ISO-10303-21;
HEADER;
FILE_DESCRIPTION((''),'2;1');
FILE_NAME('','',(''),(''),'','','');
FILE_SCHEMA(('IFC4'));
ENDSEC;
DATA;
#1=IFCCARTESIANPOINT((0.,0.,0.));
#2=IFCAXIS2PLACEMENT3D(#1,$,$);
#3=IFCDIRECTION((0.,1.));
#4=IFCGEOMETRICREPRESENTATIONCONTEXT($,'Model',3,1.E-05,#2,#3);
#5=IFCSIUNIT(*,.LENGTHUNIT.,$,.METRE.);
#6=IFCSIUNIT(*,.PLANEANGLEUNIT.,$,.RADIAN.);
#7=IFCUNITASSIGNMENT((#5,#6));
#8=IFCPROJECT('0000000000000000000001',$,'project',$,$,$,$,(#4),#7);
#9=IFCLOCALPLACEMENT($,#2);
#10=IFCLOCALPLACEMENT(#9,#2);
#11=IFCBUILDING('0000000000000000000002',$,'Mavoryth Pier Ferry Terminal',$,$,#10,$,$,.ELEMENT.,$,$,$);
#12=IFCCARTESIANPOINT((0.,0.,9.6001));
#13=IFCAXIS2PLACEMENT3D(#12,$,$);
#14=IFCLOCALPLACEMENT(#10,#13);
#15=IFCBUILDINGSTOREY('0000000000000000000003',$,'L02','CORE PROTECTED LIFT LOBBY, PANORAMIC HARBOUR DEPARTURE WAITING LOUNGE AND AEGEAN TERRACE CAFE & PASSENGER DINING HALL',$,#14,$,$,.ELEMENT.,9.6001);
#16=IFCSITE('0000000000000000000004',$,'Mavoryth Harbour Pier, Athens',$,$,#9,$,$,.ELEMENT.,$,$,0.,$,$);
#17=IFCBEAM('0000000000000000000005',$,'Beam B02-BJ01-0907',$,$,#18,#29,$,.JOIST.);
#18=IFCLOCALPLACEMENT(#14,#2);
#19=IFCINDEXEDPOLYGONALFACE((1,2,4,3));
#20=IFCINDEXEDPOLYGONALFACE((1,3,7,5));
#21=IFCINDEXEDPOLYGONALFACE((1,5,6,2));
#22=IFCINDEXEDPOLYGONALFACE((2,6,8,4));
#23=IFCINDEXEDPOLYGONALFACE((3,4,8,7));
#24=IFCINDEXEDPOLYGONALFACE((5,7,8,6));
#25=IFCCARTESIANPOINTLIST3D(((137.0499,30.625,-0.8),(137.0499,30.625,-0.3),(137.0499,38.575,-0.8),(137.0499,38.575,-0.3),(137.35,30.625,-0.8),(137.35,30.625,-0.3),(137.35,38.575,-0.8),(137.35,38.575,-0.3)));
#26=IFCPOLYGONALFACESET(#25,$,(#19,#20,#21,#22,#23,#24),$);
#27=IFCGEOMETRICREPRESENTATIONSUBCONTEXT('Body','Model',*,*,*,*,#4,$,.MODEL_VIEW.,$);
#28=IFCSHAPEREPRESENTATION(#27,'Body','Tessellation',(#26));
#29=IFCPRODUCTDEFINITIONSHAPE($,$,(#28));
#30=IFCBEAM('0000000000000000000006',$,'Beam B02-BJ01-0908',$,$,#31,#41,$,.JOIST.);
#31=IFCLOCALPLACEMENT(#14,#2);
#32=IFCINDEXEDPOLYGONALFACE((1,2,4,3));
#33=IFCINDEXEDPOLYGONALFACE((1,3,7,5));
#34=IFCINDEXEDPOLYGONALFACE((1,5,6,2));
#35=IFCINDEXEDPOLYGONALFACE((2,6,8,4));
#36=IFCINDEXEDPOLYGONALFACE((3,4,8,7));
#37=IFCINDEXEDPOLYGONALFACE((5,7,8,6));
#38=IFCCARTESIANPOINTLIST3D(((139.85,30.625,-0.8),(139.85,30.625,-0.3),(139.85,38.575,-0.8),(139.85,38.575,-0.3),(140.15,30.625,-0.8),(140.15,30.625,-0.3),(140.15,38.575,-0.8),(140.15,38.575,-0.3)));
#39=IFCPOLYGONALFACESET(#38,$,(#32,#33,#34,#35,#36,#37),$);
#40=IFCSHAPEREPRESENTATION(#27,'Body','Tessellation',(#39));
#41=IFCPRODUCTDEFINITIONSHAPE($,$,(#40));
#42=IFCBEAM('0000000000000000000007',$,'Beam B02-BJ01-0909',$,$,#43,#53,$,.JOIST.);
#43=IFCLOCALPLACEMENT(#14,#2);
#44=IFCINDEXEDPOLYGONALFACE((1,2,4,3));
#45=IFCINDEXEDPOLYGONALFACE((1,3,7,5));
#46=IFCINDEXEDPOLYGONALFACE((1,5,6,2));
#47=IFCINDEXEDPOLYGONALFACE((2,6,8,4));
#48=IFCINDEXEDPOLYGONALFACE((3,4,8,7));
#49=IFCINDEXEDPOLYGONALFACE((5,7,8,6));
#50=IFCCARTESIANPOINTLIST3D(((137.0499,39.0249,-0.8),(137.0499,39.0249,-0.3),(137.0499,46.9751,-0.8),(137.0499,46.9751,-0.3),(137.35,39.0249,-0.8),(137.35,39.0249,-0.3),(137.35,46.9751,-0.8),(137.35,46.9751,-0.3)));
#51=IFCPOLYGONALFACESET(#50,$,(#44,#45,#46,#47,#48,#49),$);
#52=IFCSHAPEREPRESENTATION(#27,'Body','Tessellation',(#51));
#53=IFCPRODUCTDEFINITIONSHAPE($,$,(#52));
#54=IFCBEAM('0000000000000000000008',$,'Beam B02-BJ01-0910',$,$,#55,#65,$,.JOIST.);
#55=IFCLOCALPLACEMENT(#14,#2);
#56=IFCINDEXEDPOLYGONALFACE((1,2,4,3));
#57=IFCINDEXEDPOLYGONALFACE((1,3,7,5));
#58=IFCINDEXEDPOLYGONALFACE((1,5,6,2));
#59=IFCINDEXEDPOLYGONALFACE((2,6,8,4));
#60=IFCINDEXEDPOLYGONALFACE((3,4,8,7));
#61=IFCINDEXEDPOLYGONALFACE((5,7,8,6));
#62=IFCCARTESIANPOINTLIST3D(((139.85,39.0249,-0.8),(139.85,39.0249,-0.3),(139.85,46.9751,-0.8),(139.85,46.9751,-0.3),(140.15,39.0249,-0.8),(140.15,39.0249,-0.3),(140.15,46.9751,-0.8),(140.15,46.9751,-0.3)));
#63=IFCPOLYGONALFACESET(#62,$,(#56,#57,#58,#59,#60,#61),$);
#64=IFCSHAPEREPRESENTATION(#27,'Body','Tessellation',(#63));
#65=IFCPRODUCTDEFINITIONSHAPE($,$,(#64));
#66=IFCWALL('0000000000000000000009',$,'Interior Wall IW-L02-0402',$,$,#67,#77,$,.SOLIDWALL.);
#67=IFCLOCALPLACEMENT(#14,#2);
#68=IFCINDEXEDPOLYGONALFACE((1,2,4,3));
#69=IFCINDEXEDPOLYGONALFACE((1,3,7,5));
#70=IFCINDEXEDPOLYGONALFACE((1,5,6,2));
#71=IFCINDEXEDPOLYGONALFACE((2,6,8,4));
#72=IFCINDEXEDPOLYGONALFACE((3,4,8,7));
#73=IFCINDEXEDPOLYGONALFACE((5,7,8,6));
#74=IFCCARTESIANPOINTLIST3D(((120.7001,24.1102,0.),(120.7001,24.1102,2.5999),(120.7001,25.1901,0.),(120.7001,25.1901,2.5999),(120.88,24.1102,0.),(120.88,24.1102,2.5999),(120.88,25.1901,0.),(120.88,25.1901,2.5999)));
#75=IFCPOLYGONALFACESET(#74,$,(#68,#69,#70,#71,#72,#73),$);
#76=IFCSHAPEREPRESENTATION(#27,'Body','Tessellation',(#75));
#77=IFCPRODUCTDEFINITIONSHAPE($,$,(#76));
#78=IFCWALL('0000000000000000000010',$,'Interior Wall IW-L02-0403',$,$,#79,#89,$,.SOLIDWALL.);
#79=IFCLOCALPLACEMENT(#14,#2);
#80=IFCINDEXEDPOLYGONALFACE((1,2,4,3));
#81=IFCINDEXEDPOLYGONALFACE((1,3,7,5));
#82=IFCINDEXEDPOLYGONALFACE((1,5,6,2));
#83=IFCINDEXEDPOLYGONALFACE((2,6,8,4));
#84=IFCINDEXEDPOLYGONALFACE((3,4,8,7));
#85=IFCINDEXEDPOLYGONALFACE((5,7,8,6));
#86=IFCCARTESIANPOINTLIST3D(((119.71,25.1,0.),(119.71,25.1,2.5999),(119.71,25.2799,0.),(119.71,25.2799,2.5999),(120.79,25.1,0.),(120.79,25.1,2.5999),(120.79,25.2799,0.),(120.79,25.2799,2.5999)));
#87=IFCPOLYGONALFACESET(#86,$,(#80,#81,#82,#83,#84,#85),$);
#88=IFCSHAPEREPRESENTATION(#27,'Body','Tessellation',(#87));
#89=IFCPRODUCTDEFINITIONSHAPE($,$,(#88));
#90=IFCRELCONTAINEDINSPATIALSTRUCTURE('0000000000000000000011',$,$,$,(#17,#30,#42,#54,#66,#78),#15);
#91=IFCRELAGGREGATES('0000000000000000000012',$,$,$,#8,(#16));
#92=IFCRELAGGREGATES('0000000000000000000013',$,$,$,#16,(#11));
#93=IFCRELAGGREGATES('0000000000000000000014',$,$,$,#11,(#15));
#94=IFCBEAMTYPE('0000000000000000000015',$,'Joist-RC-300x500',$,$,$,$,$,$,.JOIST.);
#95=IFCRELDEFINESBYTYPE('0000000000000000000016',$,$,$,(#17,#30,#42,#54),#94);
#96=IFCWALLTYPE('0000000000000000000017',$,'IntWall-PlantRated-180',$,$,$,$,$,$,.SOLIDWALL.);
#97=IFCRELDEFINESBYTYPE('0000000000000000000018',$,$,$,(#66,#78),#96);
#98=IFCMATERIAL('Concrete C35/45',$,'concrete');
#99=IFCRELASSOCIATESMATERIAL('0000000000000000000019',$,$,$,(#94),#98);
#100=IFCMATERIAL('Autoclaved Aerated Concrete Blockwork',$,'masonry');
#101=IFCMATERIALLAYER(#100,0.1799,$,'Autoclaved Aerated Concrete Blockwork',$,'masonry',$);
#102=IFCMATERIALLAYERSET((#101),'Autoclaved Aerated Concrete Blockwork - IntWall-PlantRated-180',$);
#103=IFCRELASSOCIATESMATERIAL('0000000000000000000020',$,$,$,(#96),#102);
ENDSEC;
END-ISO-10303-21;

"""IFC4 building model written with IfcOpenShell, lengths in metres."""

from ifc_helpers import new_model, si_unit, direction, frame, frame_2d, origin, origin_2d, place, context, subcontext, project, spatial, rectangle, extrude, material, layer, layer_set, material_profile, profile_set, type_object, element, save


model = new_model("IFC4")

# Units and contexts
model_context = context("Model", 3, precision=1e-05, world=origin(), true_north=direction((0.0, 1.0)))
body_context = subcontext(model_context, "Body", "Model", "MODEL_VIEW")
ifc_project = project(units=[si_unit("LENGTHUNIT", "METRE"), si_unit("PLANEANGLEUNIT", "RADIAN")], contexts=[model_context])

# Site, building, storey
site_placement = place(None, origin())
site = spatial("IfcSite", under=ifc_project, at=site_placement, Name="Mavoryth Harbour Pier, Athens", CompositionType="ELEMENT", RefElevation=0.0)
building_placement = place(site_placement, origin())
building = spatial("IfcBuilding", under=site, at=building_placement, Name="Mavoryth Pier Ferry Terminal", CompositionType="ELEMENT")
storey_placement = place(building_placement, frame((0.0, 0.0, 9.6001)))
storey = spatial("IfcBuildingStorey", under=building, at=storey_placement, Name="L02", Description="CORE PROTECTED LIFT LOBBY, PANORAMIC HARBOUR DEPARTURE WAITING LOUNGE AND AEGEAN TERRACE CAFE & PASSENGER DINING HALL", CompositionType="ELEMENT", Elevation=9.6001)

# Beams
ifc_material_1 = material(Name="Concrete C35/45", Category="concrete")
ifc_material_profile_1 = material_profile(ifc_material_1, rectangle(XDim=0.3, YDim=0.5, at=origin_2d()), Name="RC 300x500", Category="concrete")
ifc_profile_set_1 = profile_set([ifc_material_profile_1], Name="Concrete C35/45 - RC 300x500")
beam_type_1 = type_object("IfcBeamType", Name="Joist-RC-300x500", PredefinedType="JOIST", material=ifc_profile_set_1)
for number, where, z_axis, x_axis, name in (
    (1, (137.2, 30.625, -0.55), (0.0, 1.0, 0.0), (-1.0, 0.0, 0.0), "Beam B02-BJ01-0907"),
    (2, (140.0, 30.625, -0.55), (0.0, 1.0, 0.0), (-1.0, 0.0, 0.0), "Beam B02-BJ01-0908"),
):
    element("IfcBeam", number, at=place(storey_placement, frame(where, z_axis=z_axis, x_axis=x_axis)), inside=storey, type_object=beam_type_1, Name=name, PredefinedType="JOIST", context=body_context, shape_type="SweptSolid", body=[
        extrude(rectangle(XDim=0.3, YDim=0.5, at=origin_2d()), origin(), (0.0, 0.0, 1.0), 7.95),
    ])
for number, where, z_axis, x_axis, name in (
    (3, (137.2, 39.0249, -0.55), (0.0, 1.0, 0.0), (-1.0, 0.0, 0.0), "Beam B02-BJ01-0909"),
    (4, (140.0, 39.0249, -0.55), (0.0, 1.0, 0.0), (-1.0, 0.0, 0.0), "Beam B02-BJ01-0910"),
):
    element("IfcBeam", number, at=place(storey_placement, frame(where, z_axis=z_axis, x_axis=x_axis)), inside=storey, type_object=beam_type_1, Name=name, PredefinedType="JOIST", context=body_context, shape_type="SweptSolid", body=[
        extrude(rectangle(XDim=0.3, YDim=0.5, at=origin_2d()), origin(), (0.0, 0.0, 1.0), 7.9502),
    ])

# Walls
ifc_material_2 = material(Name="Autoclaved Aerated Concrete Blockwork", Category="masonry")
ifc_layer = layer(ifc_material_2, 0.1799, Name="Autoclaved Aerated Concrete Blockwork", Category="masonry")
ifc_layer_set = layer_set([ifc_layer], Name="Autoclaved Aerated Concrete Blockwork - IntWall-PlantRated-180")
wall_type = type_object("IfcWallType", Name="IntWall-PlantRated-180", PredefinedType="SOLIDWALL", material=ifc_layer_set)
wall_1_placement = place(storey_placement, frame((120.79, 24.1101, 0.0), z_axis=(0.0, 0.0, 1.0), x_axis=(0.0, 1.0, 0.0)))
element("IfcWall", 5, at=wall_1_placement, inside=storey, type_object=wall_type, Name="Interior Wall IW-L02-0402", PredefinedType="SOLIDWALL", context=body_context, shape_type="SweptSolid", body=[
    extrude(rectangle(XDim=1.0798, YDim=0.1799, at=frame_2d((0.54, 0.0))), origin(), (0.0, 0.0, 1.0), 2.5999),
])
wall_2_placement = place(storey_placement, frame((120.79, 25.1899, 0.0), z_axis=(0.0, 0.0, 1.0), x_axis=(-1.0, 0.0, 0.0)))
element("IfcWall", 6, at=wall_2_placement, inside=storey, type_object=wall_type, Name="Interior Wall IW-L02-0403", PredefinedType="SOLIDWALL", context=body_context, shape_type="SweptSolid", body=[
    extrude(rectangle(XDim=1.0801, YDim=0.1799, at=frame_2d((0.54, 0.0))), origin(), (0.0, 0.0, 1.0), 2.5999),
])

save(model, "model.ifc")
